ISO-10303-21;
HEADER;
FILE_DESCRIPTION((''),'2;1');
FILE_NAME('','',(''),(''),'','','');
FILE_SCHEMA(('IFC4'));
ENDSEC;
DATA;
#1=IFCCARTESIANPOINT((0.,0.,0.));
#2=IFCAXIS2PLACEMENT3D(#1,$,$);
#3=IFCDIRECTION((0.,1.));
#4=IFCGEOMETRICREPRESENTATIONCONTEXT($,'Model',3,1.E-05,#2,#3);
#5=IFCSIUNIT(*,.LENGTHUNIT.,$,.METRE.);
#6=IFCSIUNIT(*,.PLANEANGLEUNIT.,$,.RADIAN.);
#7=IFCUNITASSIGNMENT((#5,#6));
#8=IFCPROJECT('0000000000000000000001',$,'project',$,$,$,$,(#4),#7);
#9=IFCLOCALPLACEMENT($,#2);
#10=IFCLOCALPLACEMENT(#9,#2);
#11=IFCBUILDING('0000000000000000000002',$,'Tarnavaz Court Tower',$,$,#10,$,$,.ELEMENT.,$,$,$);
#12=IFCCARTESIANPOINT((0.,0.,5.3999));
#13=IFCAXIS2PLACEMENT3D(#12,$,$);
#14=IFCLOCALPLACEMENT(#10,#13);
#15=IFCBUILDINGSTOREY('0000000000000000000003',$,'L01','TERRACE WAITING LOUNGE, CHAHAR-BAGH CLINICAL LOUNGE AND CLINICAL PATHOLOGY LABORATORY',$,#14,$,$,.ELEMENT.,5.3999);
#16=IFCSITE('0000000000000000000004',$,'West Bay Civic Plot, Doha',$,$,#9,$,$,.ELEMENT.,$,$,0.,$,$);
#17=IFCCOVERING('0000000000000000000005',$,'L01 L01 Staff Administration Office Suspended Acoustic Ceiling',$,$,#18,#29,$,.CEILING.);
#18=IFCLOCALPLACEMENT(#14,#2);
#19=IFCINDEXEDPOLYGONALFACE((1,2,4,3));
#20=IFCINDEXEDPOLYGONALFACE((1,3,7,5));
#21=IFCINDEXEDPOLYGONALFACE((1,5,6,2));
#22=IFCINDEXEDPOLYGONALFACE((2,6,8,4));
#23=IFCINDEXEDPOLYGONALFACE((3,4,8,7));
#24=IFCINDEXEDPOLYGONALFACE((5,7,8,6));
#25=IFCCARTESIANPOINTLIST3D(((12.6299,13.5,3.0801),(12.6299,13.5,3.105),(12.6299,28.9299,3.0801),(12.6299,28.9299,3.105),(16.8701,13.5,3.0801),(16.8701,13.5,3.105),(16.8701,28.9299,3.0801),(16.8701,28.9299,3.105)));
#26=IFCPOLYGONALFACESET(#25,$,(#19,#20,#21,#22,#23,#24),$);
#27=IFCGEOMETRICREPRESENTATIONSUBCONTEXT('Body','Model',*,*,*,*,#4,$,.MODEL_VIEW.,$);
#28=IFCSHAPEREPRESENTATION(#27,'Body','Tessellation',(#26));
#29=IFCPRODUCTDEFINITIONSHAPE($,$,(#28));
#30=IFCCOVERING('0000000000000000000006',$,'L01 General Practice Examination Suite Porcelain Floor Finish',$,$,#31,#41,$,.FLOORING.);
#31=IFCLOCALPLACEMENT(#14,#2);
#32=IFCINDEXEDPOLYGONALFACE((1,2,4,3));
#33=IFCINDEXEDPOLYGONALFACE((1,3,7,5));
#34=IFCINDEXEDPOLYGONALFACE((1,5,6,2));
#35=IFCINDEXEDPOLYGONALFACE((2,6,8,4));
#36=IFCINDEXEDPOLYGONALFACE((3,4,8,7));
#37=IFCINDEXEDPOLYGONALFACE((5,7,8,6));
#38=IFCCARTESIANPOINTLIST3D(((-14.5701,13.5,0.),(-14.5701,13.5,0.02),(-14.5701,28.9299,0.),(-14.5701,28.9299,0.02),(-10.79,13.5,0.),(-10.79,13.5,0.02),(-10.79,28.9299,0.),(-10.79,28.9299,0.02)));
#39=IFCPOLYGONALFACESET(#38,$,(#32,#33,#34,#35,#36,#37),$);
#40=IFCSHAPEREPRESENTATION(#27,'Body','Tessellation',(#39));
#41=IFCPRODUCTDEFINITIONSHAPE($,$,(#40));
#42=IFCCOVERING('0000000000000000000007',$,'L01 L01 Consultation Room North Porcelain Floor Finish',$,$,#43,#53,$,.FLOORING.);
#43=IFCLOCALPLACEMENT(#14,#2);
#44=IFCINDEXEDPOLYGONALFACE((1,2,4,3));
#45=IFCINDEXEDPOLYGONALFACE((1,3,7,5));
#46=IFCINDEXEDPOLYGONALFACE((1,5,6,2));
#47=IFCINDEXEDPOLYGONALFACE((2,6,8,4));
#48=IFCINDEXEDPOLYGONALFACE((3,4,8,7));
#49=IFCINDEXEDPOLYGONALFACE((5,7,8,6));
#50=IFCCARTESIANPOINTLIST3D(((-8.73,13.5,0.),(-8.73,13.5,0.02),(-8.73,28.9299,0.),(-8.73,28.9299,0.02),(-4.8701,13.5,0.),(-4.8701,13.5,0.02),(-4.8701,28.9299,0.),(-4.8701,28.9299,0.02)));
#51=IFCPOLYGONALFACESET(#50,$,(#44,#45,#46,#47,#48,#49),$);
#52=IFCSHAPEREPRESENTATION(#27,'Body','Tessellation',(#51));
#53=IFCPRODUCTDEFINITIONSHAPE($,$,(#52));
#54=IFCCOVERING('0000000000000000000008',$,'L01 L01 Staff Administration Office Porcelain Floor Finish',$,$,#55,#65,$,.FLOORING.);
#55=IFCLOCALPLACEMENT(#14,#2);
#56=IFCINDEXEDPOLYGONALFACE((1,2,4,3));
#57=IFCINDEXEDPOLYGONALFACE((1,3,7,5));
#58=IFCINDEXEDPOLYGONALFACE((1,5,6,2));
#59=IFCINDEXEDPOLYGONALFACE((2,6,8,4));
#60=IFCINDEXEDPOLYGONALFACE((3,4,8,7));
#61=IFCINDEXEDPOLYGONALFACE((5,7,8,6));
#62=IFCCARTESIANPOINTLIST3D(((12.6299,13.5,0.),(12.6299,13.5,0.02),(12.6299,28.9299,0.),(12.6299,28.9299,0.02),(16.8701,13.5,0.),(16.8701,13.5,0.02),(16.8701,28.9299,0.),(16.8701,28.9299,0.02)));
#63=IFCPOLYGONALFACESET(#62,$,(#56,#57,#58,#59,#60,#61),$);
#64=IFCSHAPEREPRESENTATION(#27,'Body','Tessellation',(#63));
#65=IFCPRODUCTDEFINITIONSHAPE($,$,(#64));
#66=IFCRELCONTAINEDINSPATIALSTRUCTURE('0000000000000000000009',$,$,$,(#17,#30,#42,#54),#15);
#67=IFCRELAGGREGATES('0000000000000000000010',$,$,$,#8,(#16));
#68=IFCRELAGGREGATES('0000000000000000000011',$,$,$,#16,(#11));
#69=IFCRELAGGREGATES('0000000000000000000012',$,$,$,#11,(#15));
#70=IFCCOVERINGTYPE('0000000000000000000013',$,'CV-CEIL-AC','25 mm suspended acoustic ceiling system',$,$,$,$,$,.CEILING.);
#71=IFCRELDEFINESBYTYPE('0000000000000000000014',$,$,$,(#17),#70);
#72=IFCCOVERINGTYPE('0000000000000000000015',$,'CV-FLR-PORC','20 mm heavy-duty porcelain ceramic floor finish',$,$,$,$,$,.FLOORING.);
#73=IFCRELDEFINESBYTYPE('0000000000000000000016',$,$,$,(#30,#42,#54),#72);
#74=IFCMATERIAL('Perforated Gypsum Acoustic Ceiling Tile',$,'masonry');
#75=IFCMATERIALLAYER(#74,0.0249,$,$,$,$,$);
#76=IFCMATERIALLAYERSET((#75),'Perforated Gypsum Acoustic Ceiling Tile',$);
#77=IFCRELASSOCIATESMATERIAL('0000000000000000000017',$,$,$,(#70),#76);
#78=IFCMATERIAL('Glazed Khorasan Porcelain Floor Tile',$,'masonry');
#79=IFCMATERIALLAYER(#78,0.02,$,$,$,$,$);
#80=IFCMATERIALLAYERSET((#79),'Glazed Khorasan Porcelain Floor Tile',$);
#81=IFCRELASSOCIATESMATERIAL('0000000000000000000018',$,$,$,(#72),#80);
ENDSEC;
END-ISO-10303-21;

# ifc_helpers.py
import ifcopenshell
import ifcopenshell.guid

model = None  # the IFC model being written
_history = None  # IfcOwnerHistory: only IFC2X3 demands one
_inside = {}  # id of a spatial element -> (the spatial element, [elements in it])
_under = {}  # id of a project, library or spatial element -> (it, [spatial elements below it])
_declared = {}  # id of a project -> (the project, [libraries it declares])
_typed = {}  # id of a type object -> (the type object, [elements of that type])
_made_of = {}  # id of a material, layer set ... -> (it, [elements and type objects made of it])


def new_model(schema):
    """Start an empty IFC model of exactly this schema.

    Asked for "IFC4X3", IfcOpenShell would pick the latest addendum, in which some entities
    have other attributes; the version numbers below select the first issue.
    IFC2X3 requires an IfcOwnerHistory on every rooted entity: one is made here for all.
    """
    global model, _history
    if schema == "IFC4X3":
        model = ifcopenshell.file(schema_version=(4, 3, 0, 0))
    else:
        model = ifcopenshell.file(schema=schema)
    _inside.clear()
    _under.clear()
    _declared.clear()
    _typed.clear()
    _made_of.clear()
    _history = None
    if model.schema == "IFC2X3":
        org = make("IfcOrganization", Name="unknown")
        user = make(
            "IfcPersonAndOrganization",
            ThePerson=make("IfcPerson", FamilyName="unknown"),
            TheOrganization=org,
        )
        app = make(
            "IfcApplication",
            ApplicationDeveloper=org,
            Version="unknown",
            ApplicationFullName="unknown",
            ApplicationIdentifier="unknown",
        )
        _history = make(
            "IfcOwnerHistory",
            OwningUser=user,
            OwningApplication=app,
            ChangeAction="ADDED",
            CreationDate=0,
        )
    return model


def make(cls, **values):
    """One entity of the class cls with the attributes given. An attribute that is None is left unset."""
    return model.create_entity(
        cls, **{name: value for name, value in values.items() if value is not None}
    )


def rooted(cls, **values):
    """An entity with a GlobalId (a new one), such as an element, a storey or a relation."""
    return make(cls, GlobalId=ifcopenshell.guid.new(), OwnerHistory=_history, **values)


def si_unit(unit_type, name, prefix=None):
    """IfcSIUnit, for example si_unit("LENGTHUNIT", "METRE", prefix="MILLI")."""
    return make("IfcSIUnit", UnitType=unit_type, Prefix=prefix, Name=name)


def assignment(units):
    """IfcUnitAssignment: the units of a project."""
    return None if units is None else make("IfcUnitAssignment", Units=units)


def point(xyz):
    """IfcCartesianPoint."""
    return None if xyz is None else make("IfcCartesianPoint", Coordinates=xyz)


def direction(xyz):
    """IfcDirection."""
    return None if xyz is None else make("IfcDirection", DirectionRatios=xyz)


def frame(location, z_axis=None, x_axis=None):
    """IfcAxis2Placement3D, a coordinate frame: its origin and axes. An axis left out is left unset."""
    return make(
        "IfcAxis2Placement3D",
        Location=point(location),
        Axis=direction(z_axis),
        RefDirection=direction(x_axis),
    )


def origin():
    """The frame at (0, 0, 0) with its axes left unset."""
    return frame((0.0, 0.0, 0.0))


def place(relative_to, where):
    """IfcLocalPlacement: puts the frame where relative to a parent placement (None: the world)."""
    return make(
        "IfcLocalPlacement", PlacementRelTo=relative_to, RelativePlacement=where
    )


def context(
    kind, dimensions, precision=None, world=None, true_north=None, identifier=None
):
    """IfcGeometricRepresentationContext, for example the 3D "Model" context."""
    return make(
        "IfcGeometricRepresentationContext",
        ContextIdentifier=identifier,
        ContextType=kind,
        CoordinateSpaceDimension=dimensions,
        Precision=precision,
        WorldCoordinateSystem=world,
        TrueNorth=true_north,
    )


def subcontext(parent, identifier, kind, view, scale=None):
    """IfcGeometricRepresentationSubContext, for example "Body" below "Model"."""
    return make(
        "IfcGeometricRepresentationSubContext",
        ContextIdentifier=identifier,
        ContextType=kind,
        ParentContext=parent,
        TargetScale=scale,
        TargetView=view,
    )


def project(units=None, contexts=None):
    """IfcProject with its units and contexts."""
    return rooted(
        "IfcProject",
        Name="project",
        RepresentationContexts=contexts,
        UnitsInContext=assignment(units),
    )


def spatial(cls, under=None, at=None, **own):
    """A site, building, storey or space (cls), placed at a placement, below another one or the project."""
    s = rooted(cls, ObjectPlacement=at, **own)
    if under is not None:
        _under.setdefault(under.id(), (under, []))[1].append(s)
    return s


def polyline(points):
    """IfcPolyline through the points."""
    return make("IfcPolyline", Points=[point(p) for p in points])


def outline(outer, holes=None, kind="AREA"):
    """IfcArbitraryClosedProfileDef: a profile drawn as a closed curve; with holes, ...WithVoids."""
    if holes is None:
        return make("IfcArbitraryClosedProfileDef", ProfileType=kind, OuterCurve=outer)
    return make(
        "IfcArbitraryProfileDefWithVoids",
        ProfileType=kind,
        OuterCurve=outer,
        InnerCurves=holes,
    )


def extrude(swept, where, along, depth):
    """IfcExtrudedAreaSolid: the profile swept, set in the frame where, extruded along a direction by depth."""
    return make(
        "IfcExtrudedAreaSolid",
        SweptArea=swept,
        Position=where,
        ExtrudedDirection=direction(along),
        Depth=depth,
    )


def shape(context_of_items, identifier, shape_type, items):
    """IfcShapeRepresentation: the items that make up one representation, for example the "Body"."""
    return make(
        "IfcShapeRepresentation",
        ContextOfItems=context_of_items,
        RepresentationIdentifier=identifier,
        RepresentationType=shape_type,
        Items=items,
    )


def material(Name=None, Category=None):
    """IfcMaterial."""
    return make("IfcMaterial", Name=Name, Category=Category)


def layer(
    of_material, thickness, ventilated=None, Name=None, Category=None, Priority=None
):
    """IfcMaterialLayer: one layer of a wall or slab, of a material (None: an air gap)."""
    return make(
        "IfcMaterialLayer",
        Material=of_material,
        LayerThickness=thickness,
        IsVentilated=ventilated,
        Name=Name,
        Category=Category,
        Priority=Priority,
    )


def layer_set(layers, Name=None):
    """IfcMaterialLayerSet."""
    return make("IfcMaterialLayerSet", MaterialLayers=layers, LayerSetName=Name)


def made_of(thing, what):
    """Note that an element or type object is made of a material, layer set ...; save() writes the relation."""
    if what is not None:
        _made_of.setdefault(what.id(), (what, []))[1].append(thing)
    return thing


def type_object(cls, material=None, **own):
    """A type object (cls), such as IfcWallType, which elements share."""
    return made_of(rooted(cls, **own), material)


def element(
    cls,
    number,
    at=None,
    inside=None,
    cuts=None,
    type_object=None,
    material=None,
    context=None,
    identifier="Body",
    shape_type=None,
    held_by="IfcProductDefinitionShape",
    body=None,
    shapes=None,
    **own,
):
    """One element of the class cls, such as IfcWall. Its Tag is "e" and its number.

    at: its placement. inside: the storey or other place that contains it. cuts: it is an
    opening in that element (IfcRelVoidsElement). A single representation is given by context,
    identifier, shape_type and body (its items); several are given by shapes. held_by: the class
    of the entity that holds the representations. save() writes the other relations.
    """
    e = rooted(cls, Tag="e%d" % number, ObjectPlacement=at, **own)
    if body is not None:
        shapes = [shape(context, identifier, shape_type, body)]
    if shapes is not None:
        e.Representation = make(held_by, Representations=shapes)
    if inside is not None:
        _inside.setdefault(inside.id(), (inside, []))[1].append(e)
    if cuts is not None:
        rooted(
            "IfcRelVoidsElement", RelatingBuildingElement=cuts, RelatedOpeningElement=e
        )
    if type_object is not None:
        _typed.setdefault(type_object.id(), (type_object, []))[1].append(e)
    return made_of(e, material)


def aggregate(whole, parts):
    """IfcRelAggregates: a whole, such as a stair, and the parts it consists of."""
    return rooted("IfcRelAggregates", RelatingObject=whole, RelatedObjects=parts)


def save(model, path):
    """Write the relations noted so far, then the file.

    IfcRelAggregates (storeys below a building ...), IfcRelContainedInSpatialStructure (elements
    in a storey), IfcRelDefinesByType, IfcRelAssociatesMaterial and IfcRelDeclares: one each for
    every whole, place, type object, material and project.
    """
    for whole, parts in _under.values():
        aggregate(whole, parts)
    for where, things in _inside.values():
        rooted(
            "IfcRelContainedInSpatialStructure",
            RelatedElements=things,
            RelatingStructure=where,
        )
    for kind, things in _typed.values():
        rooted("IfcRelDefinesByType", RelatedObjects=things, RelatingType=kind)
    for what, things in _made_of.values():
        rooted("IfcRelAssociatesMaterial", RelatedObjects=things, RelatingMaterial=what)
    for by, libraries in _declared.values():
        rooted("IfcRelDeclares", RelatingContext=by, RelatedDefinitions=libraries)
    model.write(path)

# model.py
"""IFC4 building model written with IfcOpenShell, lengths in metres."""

from ifc_helpers import new_model, si_unit, direction, frame, origin, place, context, subcontext, project, spatial, polyline, outline, extrude, material, layer, layer_set, type_object, element, save


model = new_model("IFC4")

# Units and contexts
model_context = context("Model", 3, precision=1e-05, world=origin(), true_north=direction((0.0, 1.0)))
body_context = subcontext(model_context, "Body", "Model", "MODEL_VIEW")
ifc_project = project(units=[si_unit("LENGTHUNIT", "METRE"), si_unit("PLANEANGLEUNIT", "RADIAN")], contexts=[model_context])

# Site, building, storey
site_placement = place(None, origin())
site = spatial("IfcSite", under=ifc_project, at=site_placement, Name="West Bay Civic Plot, Doha", CompositionType="ELEMENT", RefElevation=0.0)
building_placement = place(site_placement, origin())
building = spatial("IfcBuilding", under=site, at=building_placement, Name="Tarnavaz Court Tower", CompositionType="ELEMENT")
storey_placement = place(building_placement, frame((0.0, 0.0, 5.3999)))
storey = spatial("IfcBuildingStorey", under=building, at=storey_placement, Name="L01", Description="TERRACE WAITING LOUNGE, CHAHAR-BAGH CLINICAL LOUNGE AND CLINICAL PATHOLOGY LABORATORY", CompositionType="ELEMENT", Elevation=5.3999)

# Coverings
ifc_material_1 = material(Name="Perforated Gypsum Acoustic Ceiling Tile", Category="masonry")
ifc_layer_1 = layer(ifc_material_1, 0.0249)
ifc_layer_set_1 = layer_set([ifc_layer_1], Name="Perforated Gypsum Acoustic Ceiling Tile")
covering_type_1 = type_object("IfcCoveringType", Name="CV-CEIL-AC", Description="25 mm suspended acoustic ceiling system", PredefinedType="CEILING", material=ifc_layer_set_1)
covering_1_placement = place(storey_placement, frame((0.0, 0.0, 3.0801)))
element("IfcCovering", 1, at=covering_1_placement, inside=storey, type_object=covering_type_1, Name="L01 L01 Staff Administration Office Suspended Acoustic Ceiling", PredefinedType="CEILING", context=body_context, shape_type="SweptSolid", body=[
    extrude(outline(polyline([(12.6299, 13.5), (16.8701, 13.5), (16.8701, 28.9299), (12.6299, 28.9299), (12.6299, 13.5)])), origin(), (0.0, 0.0, 1.0), 0.0249),
])
ifc_material_2 = material(Name="Glazed Khorasan Porcelain Floor Tile", Category="masonry")
ifc_layer_2 = layer(ifc_material_2, 0.02)
ifc_layer_set_2 = layer_set([ifc_layer_2], Name="Glazed Khorasan Porcelain Floor Tile")
covering_type_2 = type_object("IfcCoveringType", Name="CV-FLR-PORC", Description="20 mm heavy-duty porcelain ceramic floor finish", PredefinedType="FLOORING", material=ifc_layer_set_2)
covering_2_placement = place(storey_placement, origin())
element("IfcCovering", 2, at=covering_2_placement, inside=storey, type_object=covering_type_2, Name="L01 General Practice Examination Suite Porcelain Floor Finish", PredefinedType="FLOORING", context=body_context, shape_type="SweptSolid", body=[
    extrude(outline(polyline([(-14.5701, 13.5), (-10.79, 13.5), (-10.79, 28.9299), (-14.5701, 28.9299), (-14.5701, 13.5)])), origin(), (0.0, 0.0, 1.0), 0.02),
])
covering_3_placement = place(storey_placement, origin())
element("IfcCovering", 3, at=covering_3_placement, inside=storey, type_object=covering_type_2, Name="L01 L01 Consultation Room North Porcelain Floor Finish", PredefinedType="FLOORING", context=body_context, shape_type="SweptSolid", body=[
    extrude(outline(polyline([(-8.73, 13.5), (-4.8701, 13.5), (-4.8701, 28.9299), (-8.73, 28.9299), (-8.73, 13.5)])), origin(), (0.0, 0.0, 1.0), 0.02),
])
covering_4_placement = place(storey_placement, origin())
element("IfcCovering", 4, at=covering_4_placement, inside=storey, type_object=covering_type_2, Name="L01 L01 Staff Administration Office Porcelain Floor Finish", PredefinedType="FLOORING", context=body_context, shape_type="SweptSolid", body=[
    extrude(outline(polyline([(12.6299, 13.5), (16.8701, 13.5), (16.8701, 28.9299), (12.6299, 28.9299), (12.6299, 13.5)])), origin(), (0.0, 0.0, 1.0), 0.02),
])

save(model, "model.ifc")
